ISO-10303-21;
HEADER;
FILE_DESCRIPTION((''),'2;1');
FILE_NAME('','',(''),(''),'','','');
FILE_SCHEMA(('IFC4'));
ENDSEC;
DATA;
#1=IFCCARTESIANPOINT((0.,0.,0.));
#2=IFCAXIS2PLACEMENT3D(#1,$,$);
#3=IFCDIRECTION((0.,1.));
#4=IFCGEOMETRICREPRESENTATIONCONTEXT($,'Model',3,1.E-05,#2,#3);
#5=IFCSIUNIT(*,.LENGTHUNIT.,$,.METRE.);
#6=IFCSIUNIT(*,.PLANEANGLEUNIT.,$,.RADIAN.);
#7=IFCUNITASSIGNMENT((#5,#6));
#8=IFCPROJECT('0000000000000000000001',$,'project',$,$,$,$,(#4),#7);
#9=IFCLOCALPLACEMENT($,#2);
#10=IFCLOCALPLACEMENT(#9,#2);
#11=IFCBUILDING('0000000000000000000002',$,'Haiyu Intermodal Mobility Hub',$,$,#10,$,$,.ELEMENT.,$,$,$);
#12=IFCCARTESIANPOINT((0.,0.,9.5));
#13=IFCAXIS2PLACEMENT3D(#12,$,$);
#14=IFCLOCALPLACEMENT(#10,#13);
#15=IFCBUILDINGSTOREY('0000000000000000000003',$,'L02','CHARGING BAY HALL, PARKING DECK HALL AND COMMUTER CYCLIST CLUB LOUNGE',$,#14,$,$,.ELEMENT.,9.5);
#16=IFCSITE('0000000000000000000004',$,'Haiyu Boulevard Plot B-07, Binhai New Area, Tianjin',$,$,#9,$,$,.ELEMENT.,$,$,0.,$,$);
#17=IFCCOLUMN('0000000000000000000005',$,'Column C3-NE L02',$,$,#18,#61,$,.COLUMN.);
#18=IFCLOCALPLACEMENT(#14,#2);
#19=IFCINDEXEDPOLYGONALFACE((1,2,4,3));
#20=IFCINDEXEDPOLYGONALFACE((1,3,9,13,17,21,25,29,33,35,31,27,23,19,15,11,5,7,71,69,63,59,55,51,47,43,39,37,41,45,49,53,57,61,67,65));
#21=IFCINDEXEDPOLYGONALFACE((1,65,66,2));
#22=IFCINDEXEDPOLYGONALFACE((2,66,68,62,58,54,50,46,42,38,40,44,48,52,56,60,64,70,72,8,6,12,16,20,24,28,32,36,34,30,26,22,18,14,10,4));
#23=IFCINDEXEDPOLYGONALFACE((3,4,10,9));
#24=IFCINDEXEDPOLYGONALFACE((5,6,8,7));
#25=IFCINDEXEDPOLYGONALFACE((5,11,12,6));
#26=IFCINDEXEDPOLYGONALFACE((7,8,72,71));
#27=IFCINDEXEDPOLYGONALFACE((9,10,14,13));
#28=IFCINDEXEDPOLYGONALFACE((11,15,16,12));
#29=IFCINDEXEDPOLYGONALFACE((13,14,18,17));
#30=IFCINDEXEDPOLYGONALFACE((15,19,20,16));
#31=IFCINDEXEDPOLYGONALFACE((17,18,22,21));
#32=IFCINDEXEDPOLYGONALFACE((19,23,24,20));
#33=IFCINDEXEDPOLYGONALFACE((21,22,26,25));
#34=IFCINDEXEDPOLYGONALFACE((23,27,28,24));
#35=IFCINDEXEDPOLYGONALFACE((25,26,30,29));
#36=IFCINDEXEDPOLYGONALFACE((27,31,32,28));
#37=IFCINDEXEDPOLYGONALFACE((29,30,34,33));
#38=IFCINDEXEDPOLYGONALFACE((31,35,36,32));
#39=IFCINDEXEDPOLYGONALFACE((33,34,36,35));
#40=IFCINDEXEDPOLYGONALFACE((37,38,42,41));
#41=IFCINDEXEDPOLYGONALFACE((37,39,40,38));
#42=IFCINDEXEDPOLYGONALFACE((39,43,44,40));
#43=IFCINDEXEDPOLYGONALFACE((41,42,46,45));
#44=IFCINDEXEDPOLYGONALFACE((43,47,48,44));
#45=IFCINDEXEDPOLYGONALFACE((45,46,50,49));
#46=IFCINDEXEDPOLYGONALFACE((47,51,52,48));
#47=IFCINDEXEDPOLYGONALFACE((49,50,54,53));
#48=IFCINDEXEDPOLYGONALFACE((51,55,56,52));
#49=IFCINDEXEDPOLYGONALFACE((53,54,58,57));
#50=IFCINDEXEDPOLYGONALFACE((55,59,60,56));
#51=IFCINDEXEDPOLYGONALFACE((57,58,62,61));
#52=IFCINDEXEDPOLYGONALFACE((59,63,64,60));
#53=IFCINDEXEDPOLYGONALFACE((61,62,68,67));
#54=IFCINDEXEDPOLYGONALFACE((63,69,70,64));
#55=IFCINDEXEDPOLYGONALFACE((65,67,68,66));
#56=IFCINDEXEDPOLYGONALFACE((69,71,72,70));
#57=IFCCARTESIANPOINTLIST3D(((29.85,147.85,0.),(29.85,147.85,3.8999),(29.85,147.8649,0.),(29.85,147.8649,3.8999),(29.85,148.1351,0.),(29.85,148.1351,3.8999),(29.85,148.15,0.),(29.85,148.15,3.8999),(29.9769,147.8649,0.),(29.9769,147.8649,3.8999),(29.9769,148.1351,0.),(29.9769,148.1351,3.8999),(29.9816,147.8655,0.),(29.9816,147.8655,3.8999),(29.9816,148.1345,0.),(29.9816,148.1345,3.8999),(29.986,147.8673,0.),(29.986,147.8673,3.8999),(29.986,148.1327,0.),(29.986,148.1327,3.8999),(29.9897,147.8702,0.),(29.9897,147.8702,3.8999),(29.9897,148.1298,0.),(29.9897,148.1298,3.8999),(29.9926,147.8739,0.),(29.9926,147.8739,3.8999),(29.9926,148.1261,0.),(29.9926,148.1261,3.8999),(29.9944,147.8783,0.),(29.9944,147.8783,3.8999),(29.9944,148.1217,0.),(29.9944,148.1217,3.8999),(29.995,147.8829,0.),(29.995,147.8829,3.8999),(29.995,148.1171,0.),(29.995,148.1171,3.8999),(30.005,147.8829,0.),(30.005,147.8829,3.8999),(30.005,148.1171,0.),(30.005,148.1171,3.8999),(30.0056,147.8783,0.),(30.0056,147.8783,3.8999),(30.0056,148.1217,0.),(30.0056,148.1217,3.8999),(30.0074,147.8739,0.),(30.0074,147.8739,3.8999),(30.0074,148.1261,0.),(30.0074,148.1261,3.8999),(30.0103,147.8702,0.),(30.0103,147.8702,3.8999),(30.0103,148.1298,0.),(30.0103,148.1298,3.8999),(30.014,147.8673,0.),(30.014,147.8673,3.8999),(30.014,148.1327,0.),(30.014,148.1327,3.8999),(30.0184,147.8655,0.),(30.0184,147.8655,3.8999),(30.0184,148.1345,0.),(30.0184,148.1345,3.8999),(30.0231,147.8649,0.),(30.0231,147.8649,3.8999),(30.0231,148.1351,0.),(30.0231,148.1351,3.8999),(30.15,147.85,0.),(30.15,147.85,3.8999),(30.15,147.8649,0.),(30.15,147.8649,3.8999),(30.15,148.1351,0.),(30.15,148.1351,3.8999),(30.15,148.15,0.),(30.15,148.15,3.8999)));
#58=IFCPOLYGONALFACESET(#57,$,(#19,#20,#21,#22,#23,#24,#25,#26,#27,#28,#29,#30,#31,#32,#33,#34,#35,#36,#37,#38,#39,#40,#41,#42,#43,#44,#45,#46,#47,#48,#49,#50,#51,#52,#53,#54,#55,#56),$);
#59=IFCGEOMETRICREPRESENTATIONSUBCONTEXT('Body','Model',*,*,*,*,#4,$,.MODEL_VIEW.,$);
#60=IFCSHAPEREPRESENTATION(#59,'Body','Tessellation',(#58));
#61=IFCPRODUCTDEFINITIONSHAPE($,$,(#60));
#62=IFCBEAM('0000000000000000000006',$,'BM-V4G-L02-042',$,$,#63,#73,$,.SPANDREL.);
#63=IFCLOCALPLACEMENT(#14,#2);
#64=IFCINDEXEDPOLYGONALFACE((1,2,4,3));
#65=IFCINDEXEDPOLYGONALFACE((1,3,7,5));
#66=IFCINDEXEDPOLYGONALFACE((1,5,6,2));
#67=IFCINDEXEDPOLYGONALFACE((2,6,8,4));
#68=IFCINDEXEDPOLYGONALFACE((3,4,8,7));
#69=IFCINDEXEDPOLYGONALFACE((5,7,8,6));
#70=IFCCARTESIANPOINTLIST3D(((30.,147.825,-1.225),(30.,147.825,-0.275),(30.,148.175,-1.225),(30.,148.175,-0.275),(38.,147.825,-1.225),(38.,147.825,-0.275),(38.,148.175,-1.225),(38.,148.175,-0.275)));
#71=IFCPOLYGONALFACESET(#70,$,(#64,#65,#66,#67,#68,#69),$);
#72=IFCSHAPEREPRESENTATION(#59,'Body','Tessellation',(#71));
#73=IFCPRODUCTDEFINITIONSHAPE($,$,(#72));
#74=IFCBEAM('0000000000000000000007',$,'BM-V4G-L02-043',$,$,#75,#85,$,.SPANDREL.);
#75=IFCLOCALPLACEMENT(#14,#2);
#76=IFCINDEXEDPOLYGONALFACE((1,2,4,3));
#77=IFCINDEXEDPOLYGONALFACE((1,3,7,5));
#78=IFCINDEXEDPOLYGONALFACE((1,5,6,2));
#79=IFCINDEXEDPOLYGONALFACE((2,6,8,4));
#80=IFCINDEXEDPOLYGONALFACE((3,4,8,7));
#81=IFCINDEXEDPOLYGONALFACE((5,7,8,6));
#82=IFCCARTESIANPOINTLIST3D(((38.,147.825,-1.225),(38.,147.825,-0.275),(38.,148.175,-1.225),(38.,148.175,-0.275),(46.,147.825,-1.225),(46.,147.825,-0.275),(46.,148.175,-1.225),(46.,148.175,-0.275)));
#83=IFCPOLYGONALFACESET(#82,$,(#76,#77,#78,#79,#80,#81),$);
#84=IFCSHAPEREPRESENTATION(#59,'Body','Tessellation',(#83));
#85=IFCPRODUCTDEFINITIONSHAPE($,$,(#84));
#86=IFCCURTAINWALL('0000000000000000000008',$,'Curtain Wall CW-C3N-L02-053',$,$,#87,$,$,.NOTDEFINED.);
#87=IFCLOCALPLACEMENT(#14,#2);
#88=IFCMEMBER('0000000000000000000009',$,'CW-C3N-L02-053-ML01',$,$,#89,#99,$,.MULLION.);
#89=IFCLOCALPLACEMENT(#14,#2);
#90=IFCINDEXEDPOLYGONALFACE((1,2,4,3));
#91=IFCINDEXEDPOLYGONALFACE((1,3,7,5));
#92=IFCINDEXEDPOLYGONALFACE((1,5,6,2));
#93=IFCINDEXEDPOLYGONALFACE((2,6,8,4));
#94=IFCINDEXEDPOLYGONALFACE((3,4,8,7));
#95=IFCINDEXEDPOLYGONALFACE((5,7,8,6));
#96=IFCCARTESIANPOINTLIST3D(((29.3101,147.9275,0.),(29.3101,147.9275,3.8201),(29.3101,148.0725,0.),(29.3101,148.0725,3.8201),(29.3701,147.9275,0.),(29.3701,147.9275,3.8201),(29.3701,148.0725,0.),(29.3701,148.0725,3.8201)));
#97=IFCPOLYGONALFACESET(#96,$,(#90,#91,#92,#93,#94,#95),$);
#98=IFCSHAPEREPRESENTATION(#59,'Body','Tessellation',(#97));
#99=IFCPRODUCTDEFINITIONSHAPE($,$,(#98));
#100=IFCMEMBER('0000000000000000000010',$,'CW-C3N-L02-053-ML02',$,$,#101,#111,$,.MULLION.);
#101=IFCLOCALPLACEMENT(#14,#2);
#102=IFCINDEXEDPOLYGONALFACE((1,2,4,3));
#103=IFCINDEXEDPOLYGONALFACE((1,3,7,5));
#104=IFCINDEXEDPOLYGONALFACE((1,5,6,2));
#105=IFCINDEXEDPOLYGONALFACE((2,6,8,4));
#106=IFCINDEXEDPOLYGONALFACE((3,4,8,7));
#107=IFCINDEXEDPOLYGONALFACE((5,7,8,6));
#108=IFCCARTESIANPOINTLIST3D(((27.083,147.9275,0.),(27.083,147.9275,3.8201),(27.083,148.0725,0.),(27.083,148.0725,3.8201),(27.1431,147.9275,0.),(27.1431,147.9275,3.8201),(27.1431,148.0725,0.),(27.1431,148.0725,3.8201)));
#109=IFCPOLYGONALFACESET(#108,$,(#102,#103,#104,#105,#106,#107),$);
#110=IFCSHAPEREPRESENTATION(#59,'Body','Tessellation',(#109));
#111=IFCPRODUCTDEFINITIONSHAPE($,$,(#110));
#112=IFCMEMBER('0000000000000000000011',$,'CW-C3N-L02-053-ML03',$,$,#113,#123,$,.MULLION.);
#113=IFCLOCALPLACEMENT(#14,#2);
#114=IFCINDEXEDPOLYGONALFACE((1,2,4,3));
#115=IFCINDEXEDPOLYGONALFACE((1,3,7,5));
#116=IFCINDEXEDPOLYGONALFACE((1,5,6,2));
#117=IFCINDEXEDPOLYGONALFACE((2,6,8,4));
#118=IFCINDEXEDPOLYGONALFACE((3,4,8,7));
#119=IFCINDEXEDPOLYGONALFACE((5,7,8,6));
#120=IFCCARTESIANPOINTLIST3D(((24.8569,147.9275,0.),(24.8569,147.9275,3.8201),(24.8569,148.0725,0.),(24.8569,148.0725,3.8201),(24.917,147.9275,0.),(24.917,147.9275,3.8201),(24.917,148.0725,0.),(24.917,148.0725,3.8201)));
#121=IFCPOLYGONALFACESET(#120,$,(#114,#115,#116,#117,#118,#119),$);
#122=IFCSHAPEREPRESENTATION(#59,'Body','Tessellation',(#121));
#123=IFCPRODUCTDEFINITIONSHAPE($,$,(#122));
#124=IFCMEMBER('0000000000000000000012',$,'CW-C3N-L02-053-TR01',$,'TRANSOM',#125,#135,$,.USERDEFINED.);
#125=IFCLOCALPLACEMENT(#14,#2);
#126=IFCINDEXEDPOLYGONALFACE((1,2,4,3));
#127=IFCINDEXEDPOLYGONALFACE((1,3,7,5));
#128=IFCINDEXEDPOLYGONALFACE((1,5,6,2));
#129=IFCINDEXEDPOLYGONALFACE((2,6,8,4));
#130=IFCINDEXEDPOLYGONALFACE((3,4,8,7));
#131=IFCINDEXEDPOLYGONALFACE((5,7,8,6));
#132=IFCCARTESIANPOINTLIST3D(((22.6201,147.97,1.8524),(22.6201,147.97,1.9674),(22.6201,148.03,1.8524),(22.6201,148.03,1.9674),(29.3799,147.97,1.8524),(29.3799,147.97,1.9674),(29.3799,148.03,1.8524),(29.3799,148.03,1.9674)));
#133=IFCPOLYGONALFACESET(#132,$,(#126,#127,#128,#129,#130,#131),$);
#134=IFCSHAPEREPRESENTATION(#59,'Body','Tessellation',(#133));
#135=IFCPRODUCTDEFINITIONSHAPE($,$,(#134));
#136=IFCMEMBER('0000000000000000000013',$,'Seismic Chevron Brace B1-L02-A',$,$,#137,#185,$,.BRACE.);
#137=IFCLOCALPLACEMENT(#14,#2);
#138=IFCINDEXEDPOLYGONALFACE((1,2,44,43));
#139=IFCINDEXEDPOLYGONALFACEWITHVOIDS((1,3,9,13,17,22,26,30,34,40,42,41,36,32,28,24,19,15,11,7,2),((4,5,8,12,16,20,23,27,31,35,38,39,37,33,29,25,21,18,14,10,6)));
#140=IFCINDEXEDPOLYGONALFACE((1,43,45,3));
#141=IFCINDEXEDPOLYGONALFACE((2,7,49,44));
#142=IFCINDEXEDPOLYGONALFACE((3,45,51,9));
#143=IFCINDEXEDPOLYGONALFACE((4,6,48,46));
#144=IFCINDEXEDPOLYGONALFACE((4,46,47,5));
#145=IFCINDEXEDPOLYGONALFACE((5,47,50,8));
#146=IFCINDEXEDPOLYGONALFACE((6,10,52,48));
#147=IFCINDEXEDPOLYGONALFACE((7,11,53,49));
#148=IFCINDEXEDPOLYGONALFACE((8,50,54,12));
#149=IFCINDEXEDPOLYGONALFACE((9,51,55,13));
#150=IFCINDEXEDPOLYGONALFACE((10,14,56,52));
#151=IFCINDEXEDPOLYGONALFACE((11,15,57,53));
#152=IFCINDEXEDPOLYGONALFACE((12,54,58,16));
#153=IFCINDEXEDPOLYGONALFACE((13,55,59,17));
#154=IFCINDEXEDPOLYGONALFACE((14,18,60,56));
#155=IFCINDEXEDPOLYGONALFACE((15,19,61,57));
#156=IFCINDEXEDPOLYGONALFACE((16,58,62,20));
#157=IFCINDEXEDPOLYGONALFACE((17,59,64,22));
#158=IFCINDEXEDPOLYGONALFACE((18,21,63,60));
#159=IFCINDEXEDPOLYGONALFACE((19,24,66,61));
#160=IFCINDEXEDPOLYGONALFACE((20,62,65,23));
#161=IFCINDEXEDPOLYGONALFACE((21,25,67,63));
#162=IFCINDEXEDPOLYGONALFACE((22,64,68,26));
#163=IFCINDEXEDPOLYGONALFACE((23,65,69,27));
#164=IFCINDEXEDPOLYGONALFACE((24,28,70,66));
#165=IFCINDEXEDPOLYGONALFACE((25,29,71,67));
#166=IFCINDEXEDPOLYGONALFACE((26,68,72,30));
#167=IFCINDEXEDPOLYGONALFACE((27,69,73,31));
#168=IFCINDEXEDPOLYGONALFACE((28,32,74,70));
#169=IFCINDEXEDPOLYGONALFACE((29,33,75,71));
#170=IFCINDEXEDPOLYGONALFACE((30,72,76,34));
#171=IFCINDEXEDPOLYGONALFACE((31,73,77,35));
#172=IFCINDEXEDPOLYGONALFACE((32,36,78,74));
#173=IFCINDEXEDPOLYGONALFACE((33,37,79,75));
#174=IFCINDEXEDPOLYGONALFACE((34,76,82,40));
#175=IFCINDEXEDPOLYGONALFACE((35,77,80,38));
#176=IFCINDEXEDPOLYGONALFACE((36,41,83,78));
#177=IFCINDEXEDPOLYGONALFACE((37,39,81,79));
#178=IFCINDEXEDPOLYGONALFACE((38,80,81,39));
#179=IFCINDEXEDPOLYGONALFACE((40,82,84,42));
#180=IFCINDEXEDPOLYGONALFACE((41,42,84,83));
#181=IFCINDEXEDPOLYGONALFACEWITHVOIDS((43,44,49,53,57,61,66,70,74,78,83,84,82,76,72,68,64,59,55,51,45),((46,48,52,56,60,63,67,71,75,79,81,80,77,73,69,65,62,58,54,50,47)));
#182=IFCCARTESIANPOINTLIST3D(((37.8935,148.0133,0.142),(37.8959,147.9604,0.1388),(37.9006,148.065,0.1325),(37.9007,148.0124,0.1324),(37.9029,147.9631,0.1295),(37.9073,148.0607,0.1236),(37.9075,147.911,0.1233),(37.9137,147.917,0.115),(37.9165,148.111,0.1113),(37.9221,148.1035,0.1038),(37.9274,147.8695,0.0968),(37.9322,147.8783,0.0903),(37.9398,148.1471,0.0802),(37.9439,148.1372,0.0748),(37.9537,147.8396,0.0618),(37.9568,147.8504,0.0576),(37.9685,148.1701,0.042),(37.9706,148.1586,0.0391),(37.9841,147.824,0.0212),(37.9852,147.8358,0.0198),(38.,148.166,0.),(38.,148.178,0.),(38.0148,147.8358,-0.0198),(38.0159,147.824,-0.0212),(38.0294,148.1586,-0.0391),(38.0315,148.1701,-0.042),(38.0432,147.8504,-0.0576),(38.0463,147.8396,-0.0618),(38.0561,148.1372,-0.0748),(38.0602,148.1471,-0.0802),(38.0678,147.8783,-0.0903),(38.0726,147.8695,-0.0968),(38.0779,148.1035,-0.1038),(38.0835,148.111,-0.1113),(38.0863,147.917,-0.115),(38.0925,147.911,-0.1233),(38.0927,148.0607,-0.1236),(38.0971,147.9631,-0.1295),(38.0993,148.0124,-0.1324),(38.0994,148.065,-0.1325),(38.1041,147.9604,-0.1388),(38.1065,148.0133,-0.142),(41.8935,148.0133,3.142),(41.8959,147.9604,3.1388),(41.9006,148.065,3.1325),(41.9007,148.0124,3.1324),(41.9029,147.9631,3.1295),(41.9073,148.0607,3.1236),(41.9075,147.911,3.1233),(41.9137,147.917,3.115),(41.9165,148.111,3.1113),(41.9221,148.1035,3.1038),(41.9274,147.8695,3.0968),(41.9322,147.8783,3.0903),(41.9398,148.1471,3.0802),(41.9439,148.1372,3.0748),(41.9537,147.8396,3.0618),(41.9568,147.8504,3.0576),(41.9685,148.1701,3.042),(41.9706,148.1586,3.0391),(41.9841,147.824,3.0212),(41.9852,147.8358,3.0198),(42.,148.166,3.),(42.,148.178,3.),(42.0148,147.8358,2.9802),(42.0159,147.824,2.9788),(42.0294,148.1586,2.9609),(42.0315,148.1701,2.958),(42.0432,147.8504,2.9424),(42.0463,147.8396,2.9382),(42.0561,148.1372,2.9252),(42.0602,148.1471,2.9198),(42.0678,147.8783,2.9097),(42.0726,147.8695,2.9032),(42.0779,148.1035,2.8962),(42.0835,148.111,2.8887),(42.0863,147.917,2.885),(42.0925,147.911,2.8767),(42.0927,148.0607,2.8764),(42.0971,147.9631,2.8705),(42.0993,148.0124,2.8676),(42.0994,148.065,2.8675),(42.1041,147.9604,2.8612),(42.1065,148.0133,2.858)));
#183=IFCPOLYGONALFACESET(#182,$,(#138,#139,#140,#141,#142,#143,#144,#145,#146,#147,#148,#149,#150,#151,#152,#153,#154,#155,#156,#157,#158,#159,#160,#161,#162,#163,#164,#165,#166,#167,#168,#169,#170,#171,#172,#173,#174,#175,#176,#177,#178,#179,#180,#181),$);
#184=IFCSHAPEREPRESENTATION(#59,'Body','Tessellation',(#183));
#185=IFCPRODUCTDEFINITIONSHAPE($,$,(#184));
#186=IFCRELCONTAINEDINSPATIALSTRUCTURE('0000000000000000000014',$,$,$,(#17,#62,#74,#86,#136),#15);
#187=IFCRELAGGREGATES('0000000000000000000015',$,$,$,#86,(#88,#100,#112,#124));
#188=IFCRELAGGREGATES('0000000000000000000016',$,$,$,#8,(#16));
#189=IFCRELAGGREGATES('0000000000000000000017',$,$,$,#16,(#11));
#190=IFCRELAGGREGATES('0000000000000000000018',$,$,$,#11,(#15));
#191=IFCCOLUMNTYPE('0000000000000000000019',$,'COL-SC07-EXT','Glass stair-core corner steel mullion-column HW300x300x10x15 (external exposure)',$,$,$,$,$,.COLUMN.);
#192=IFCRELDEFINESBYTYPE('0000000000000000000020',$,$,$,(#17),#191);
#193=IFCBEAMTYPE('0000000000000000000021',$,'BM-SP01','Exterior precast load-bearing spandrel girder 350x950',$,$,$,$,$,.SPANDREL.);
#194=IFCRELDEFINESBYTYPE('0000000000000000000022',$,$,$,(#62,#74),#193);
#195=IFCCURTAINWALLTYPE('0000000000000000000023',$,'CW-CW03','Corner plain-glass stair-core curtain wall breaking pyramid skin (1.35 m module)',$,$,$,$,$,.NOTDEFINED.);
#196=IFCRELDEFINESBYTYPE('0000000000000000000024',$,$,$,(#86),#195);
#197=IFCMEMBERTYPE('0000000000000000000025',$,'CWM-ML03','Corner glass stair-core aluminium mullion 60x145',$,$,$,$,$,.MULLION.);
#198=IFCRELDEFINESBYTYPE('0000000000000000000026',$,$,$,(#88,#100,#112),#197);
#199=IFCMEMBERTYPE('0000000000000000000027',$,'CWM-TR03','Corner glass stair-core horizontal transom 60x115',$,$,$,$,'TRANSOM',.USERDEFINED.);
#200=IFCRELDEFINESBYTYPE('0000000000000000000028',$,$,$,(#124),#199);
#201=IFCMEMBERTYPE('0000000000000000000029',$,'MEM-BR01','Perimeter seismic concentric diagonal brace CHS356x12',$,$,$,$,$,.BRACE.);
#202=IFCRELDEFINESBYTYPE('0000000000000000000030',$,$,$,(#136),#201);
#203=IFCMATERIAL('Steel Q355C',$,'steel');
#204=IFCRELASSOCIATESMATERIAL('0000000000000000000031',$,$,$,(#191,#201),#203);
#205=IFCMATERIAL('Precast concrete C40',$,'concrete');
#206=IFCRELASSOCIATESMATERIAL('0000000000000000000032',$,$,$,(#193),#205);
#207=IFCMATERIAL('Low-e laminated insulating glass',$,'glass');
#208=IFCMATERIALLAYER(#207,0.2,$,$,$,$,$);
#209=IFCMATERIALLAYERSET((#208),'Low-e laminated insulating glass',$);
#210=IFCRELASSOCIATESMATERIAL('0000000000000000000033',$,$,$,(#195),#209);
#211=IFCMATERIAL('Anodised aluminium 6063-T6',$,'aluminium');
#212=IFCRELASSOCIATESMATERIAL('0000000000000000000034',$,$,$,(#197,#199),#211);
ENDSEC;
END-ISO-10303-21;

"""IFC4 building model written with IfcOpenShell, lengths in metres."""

from ifc_helpers import new_model, si_unit, direction, frame, origin, origin_2d, place, context, subcontext, project, spatial, rectangle, hollow_circle, i_section, extrude, material, layer, layer_set, material_profile, profile_set, type_object, element, aggregate, save


model = new_model("IFC4")

# Units and contexts
model_context = context("Model", 3, precision=1e-05, world=origin(), true_north=direction((0.0, 1.0)))
body_context = subcontext(model_context, "Body", "Model", "MODEL_VIEW")
ifc_project = project(units=[si_unit("LENGTHUNIT", "METRE"), si_unit("PLANEANGLEUNIT", "RADIAN")], contexts=[model_context])

# Site, building, storey
site_placement = place(None, origin())
site = spatial("IfcSite", under=ifc_project, at=site_placement, Name="Haiyu Boulevard Plot B-07, Binhai New Area, Tianjin", CompositionType="ELEMENT", RefElevation=0.0)
building_placement = place(site_placement, origin())
building = spatial("IfcBuilding", under=site, at=building_placement, Name="Haiyu Intermodal Mobility Hub", CompositionType="ELEMENT")
storey_placement = place(building_placement, frame((0.0, 0.0, 9.5)))
storey = spatial("IfcBuildingStorey", under=building, at=storey_placement, Name="L02", Description="CHARGING BAY HALL, PARKING DECK HALL AND COMMUTER CYCLIST CLUB LOUNGE", CompositionType="ELEMENT", Elevation=9.5)

# Column
ifc_material_1 = material(Name="Precast concrete C40", Category="concrete")
ifc_material_2 = material(Name="Steel Q355C", Category="steel")
ifc_material_profile_1 = material_profile(ifc_material_2, i_section(OverallWidth=0.3, OverallDepth=0.3, WebThickness=0.01, FlangeThickness=0.0149, FilletRadius=0.0181, at=origin_2d()), Name="HW300x300x10x15")
ifc_profile_set_1 = profile_set([ifc_material_profile_1], Name="Steel Q355C")
column_type_1 = type_object("IfcColumnType", Name="COL-SC07-EXT", Description="Glass stair-core corner steel mullion-column HW300x300x10x15 (external exposure)", PredefinedType="COLUMN", material=ifc_profile_set_1)
column_1_placement = place(storey_placement, frame((30.0, 148.0, 0.0), z_axis=(0.0, 0.0, 1.0), x_axis=(1.0, 0.0, 0.0)))
element("IfcColumn", 1, at=column_1_placement, inside=storey, type_object=column_type_1, Name="Column C3-NE L02", PredefinedType="COLUMN", context=body_context, shape_type="SweptSolid", body=[
    extrude(i_section(OverallWidth=0.3, OverallDepth=0.3, WebThickness=0.01, FlangeThickness=0.0149, FilletRadius=0.0181, at=origin_2d()), origin(), (0.0, 0.0, 1.0), 3.8999),
])

# Beams
ifc_material_profile_2 = material_profile(ifc_material_1, rectangle(XDim=0.3501, YDim=0.95, at=origin_2d()), Name="PC350x950")
ifc_profile_set_2 = profile_set([ifc_material_profile_2], Name="Precast concrete C40")
beam_type = type_object("IfcBeamType", Name="BM-SP01", Description="Exterior precast load-bearing spandrel girder 350x950", PredefinedType="SPANDREL", material=ifc_profile_set_2)
for number, where, z_axis, x_axis, name in (
    (2, (30.0, 148.0, -0.75), (1.0, 0.0, 0.0), (0.0, 1.0, 0.0), "BM-V4G-L02-042"),
    (3, (38.0, 148.0, -0.75), (1.0, 0.0, 0.0), (0.0, 1.0, 0.0), "BM-V4G-L02-043"),
):
    element("IfcBeam", number, at=place(storey_placement, frame(where, z_axis=z_axis, x_axis=x_axis)), inside=storey, type_object=beam_type, Name=name, PredefinedType="SPANDREL", context=body_context, shape_type="SweptSolid", body=[
        extrude(rectangle(XDim=0.3501, YDim=0.95, at=origin_2d()), origin(), (0.0, 0.0, 1.0), 8.0),
    ])

# Curtain wall, members
ifc_material_3 = material(Name="Low-e laminated insulating glass", Category="glass")
ifc_layer_1 = layer(ifc_material_3, 0.2)
ifc_layer_set_1 = layer_set([ifc_layer_1], Name="Low-e laminated insulating glass")
curtain_wall_type = type_object("IfcCurtainWallType", Name="CW-CW03", Description="Corner plain-glass stair-core curtain wall breaking pyramid skin (1.35 m module)", PredefinedType="NOTDEFINED", material=ifc_layer_set_1)
curtain_wall_placement = place(storey_placement, origin())
curtain_wall = element("IfcCurtainWall", 4, at=curtain_wall_placement, inside=storey, type_object=curtain_wall_type, Name="Curtain Wall CW-C3N-L02-053", PredefinedType="NOTDEFINED")
ifc_material_4 = material(Name="Anodised aluminium 6063-T6", Category="aluminium")
ifc_material_profile_3 = material_profile(ifc_material_4, rectangle(XDim=0.0601, YDim=0.145, at=origin_2d()), Name="ALU60x145")
ifc_profile_set_3 = profile_set([ifc_material_profile_3], Name="Anodised aluminium 6063-T6")
member_type_1 = type_object("IfcMemberType", Name="CWM-ML03", Description="Corner glass stair-core aluminium mullion 60x145", PredefinedType="MULLION", material=ifc_profile_set_3)
member_1_placement = place(storey_placement, frame((29.3401, 148.0, 0.0), z_axis=(0.0, 0.0, 1.0), x_axis=(1.0, 0.0, 0.0)))
member_1 = element("IfcMember", 5, at=member_1_placement, type_object=member_type_1, Name="CW-C3N-L02-053-ML01", PredefinedType="MULLION", context=body_context, shape_type="SweptSolid", body=[
    extrude(rectangle(XDim=0.0601, YDim=0.145, at=origin_2d()), origin(), (0.0, 0.0, 1.0), 3.8201),
])
member_2_placement = place(storey_placement, frame((27.113, 148.0, 0.0), z_axis=(0.0, 0.0, 1.0), x_axis=(1.0, 0.0, 0.0)))
member_2 = element("IfcMember", 6, at=member_2_placement, type_object=member_type_1, Name="CW-C3N-L02-053-ML02", PredefinedType="MULLION", context=body_context, shape_type="SweptSolid", body=[
    extrude(rectangle(XDim=0.0601, YDim=0.145, at=origin_2d()), origin(), (0.0, 0.0, 1.0), 3.8201),
])
member_3_placement = place(storey_placement, frame((24.887, 148.0, 0.0), z_axis=(0.0, 0.0, 1.0), x_axis=(1.0, 0.0, 0.0)))
member_3 = element("IfcMember", 7, at=member_3_placement, type_object=member_type_1, Name="CW-C3N-L02-053-ML03", PredefinedType="MULLION", context=body_context, shape_type="SweptSolid", body=[
    extrude(rectangle(XDim=0.0601, YDim=0.145, at=origin_2d()), origin(), (0.0, 0.0, 1.0), 3.8201),
])
ifc_material_profile_4 = material_profile(ifc_material_4, rectangle(XDim=0.0601, YDim=0.115, at=origin_2d()), Name="ALU60x115")
ifc_profile_set_4 = profile_set([ifc_material_profile_4], Name="Anodised aluminium 6063-T6")
member_type_2 = type_object("IfcMemberType", Name="CWM-TR03", Description="Corner glass stair-core horizontal transom 60x115", ElementType="TRANSOM", PredefinedType="USERDEFINED", material=ifc_profile_set_4)
member_4_placement = place(storey_placement, frame((29.3799, 148.0, 1.9099), z_axis=(-1.0, 0.0, 0.0), x_axis=(0.0, -1.0, 0.0)))
member_4 = element("IfcMember", 8, at=member_4_placement, type_object=member_type_2, Name="CW-C3N-L02-053-TR01", ObjectType="TRANSOM", PredefinedType="USERDEFINED", context=body_context, shape_type="SweptSolid", body=[
    extrude(rectangle(XDim=0.0601, YDim=0.115, at=origin_2d()), origin(), (0.0, 0.0, 1.0), 6.7598),
])

# Member
ifc_material_profile_5 = material_profile(ifc_material_2, hollow_circle(Radius=0.178, WallThickness=0.012, at=origin_2d()), Name="CHS356x12")
ifc_profile_set_5 = profile_set([ifc_material_profile_5], Name="Steel Q355C")
member_type_3 = type_object("IfcMemberType", Name="MEM-BR01", Description="Perimeter seismic concentric diagonal brace CHS356x12", PredefinedType="BRACE", material=ifc_profile_set_5)
member_5_placement = place(storey_placement, frame((38.0, 148.0, 0.0), z_axis=(0.8, 0.0, 0.6), x_axis=(0.0, 1.0, 0.0)))
element("IfcMember", 9, at=member_5_placement, inside=storey, type_object=member_type_3, Name="Seismic Chevron Brace B1-L02-A", PredefinedType="BRACE", context=body_context, shape_type="SweptSolid", body=[
    extrude(hollow_circle(Radius=0.178, WallThickness=0.012, at=origin_2d()), origin(), (0.0, 0.0, 1.0), 5.0),
])

aggregate(curtain_wall, [member_1, member_2, member_3, member_4])

save(model, "model.ifc")
